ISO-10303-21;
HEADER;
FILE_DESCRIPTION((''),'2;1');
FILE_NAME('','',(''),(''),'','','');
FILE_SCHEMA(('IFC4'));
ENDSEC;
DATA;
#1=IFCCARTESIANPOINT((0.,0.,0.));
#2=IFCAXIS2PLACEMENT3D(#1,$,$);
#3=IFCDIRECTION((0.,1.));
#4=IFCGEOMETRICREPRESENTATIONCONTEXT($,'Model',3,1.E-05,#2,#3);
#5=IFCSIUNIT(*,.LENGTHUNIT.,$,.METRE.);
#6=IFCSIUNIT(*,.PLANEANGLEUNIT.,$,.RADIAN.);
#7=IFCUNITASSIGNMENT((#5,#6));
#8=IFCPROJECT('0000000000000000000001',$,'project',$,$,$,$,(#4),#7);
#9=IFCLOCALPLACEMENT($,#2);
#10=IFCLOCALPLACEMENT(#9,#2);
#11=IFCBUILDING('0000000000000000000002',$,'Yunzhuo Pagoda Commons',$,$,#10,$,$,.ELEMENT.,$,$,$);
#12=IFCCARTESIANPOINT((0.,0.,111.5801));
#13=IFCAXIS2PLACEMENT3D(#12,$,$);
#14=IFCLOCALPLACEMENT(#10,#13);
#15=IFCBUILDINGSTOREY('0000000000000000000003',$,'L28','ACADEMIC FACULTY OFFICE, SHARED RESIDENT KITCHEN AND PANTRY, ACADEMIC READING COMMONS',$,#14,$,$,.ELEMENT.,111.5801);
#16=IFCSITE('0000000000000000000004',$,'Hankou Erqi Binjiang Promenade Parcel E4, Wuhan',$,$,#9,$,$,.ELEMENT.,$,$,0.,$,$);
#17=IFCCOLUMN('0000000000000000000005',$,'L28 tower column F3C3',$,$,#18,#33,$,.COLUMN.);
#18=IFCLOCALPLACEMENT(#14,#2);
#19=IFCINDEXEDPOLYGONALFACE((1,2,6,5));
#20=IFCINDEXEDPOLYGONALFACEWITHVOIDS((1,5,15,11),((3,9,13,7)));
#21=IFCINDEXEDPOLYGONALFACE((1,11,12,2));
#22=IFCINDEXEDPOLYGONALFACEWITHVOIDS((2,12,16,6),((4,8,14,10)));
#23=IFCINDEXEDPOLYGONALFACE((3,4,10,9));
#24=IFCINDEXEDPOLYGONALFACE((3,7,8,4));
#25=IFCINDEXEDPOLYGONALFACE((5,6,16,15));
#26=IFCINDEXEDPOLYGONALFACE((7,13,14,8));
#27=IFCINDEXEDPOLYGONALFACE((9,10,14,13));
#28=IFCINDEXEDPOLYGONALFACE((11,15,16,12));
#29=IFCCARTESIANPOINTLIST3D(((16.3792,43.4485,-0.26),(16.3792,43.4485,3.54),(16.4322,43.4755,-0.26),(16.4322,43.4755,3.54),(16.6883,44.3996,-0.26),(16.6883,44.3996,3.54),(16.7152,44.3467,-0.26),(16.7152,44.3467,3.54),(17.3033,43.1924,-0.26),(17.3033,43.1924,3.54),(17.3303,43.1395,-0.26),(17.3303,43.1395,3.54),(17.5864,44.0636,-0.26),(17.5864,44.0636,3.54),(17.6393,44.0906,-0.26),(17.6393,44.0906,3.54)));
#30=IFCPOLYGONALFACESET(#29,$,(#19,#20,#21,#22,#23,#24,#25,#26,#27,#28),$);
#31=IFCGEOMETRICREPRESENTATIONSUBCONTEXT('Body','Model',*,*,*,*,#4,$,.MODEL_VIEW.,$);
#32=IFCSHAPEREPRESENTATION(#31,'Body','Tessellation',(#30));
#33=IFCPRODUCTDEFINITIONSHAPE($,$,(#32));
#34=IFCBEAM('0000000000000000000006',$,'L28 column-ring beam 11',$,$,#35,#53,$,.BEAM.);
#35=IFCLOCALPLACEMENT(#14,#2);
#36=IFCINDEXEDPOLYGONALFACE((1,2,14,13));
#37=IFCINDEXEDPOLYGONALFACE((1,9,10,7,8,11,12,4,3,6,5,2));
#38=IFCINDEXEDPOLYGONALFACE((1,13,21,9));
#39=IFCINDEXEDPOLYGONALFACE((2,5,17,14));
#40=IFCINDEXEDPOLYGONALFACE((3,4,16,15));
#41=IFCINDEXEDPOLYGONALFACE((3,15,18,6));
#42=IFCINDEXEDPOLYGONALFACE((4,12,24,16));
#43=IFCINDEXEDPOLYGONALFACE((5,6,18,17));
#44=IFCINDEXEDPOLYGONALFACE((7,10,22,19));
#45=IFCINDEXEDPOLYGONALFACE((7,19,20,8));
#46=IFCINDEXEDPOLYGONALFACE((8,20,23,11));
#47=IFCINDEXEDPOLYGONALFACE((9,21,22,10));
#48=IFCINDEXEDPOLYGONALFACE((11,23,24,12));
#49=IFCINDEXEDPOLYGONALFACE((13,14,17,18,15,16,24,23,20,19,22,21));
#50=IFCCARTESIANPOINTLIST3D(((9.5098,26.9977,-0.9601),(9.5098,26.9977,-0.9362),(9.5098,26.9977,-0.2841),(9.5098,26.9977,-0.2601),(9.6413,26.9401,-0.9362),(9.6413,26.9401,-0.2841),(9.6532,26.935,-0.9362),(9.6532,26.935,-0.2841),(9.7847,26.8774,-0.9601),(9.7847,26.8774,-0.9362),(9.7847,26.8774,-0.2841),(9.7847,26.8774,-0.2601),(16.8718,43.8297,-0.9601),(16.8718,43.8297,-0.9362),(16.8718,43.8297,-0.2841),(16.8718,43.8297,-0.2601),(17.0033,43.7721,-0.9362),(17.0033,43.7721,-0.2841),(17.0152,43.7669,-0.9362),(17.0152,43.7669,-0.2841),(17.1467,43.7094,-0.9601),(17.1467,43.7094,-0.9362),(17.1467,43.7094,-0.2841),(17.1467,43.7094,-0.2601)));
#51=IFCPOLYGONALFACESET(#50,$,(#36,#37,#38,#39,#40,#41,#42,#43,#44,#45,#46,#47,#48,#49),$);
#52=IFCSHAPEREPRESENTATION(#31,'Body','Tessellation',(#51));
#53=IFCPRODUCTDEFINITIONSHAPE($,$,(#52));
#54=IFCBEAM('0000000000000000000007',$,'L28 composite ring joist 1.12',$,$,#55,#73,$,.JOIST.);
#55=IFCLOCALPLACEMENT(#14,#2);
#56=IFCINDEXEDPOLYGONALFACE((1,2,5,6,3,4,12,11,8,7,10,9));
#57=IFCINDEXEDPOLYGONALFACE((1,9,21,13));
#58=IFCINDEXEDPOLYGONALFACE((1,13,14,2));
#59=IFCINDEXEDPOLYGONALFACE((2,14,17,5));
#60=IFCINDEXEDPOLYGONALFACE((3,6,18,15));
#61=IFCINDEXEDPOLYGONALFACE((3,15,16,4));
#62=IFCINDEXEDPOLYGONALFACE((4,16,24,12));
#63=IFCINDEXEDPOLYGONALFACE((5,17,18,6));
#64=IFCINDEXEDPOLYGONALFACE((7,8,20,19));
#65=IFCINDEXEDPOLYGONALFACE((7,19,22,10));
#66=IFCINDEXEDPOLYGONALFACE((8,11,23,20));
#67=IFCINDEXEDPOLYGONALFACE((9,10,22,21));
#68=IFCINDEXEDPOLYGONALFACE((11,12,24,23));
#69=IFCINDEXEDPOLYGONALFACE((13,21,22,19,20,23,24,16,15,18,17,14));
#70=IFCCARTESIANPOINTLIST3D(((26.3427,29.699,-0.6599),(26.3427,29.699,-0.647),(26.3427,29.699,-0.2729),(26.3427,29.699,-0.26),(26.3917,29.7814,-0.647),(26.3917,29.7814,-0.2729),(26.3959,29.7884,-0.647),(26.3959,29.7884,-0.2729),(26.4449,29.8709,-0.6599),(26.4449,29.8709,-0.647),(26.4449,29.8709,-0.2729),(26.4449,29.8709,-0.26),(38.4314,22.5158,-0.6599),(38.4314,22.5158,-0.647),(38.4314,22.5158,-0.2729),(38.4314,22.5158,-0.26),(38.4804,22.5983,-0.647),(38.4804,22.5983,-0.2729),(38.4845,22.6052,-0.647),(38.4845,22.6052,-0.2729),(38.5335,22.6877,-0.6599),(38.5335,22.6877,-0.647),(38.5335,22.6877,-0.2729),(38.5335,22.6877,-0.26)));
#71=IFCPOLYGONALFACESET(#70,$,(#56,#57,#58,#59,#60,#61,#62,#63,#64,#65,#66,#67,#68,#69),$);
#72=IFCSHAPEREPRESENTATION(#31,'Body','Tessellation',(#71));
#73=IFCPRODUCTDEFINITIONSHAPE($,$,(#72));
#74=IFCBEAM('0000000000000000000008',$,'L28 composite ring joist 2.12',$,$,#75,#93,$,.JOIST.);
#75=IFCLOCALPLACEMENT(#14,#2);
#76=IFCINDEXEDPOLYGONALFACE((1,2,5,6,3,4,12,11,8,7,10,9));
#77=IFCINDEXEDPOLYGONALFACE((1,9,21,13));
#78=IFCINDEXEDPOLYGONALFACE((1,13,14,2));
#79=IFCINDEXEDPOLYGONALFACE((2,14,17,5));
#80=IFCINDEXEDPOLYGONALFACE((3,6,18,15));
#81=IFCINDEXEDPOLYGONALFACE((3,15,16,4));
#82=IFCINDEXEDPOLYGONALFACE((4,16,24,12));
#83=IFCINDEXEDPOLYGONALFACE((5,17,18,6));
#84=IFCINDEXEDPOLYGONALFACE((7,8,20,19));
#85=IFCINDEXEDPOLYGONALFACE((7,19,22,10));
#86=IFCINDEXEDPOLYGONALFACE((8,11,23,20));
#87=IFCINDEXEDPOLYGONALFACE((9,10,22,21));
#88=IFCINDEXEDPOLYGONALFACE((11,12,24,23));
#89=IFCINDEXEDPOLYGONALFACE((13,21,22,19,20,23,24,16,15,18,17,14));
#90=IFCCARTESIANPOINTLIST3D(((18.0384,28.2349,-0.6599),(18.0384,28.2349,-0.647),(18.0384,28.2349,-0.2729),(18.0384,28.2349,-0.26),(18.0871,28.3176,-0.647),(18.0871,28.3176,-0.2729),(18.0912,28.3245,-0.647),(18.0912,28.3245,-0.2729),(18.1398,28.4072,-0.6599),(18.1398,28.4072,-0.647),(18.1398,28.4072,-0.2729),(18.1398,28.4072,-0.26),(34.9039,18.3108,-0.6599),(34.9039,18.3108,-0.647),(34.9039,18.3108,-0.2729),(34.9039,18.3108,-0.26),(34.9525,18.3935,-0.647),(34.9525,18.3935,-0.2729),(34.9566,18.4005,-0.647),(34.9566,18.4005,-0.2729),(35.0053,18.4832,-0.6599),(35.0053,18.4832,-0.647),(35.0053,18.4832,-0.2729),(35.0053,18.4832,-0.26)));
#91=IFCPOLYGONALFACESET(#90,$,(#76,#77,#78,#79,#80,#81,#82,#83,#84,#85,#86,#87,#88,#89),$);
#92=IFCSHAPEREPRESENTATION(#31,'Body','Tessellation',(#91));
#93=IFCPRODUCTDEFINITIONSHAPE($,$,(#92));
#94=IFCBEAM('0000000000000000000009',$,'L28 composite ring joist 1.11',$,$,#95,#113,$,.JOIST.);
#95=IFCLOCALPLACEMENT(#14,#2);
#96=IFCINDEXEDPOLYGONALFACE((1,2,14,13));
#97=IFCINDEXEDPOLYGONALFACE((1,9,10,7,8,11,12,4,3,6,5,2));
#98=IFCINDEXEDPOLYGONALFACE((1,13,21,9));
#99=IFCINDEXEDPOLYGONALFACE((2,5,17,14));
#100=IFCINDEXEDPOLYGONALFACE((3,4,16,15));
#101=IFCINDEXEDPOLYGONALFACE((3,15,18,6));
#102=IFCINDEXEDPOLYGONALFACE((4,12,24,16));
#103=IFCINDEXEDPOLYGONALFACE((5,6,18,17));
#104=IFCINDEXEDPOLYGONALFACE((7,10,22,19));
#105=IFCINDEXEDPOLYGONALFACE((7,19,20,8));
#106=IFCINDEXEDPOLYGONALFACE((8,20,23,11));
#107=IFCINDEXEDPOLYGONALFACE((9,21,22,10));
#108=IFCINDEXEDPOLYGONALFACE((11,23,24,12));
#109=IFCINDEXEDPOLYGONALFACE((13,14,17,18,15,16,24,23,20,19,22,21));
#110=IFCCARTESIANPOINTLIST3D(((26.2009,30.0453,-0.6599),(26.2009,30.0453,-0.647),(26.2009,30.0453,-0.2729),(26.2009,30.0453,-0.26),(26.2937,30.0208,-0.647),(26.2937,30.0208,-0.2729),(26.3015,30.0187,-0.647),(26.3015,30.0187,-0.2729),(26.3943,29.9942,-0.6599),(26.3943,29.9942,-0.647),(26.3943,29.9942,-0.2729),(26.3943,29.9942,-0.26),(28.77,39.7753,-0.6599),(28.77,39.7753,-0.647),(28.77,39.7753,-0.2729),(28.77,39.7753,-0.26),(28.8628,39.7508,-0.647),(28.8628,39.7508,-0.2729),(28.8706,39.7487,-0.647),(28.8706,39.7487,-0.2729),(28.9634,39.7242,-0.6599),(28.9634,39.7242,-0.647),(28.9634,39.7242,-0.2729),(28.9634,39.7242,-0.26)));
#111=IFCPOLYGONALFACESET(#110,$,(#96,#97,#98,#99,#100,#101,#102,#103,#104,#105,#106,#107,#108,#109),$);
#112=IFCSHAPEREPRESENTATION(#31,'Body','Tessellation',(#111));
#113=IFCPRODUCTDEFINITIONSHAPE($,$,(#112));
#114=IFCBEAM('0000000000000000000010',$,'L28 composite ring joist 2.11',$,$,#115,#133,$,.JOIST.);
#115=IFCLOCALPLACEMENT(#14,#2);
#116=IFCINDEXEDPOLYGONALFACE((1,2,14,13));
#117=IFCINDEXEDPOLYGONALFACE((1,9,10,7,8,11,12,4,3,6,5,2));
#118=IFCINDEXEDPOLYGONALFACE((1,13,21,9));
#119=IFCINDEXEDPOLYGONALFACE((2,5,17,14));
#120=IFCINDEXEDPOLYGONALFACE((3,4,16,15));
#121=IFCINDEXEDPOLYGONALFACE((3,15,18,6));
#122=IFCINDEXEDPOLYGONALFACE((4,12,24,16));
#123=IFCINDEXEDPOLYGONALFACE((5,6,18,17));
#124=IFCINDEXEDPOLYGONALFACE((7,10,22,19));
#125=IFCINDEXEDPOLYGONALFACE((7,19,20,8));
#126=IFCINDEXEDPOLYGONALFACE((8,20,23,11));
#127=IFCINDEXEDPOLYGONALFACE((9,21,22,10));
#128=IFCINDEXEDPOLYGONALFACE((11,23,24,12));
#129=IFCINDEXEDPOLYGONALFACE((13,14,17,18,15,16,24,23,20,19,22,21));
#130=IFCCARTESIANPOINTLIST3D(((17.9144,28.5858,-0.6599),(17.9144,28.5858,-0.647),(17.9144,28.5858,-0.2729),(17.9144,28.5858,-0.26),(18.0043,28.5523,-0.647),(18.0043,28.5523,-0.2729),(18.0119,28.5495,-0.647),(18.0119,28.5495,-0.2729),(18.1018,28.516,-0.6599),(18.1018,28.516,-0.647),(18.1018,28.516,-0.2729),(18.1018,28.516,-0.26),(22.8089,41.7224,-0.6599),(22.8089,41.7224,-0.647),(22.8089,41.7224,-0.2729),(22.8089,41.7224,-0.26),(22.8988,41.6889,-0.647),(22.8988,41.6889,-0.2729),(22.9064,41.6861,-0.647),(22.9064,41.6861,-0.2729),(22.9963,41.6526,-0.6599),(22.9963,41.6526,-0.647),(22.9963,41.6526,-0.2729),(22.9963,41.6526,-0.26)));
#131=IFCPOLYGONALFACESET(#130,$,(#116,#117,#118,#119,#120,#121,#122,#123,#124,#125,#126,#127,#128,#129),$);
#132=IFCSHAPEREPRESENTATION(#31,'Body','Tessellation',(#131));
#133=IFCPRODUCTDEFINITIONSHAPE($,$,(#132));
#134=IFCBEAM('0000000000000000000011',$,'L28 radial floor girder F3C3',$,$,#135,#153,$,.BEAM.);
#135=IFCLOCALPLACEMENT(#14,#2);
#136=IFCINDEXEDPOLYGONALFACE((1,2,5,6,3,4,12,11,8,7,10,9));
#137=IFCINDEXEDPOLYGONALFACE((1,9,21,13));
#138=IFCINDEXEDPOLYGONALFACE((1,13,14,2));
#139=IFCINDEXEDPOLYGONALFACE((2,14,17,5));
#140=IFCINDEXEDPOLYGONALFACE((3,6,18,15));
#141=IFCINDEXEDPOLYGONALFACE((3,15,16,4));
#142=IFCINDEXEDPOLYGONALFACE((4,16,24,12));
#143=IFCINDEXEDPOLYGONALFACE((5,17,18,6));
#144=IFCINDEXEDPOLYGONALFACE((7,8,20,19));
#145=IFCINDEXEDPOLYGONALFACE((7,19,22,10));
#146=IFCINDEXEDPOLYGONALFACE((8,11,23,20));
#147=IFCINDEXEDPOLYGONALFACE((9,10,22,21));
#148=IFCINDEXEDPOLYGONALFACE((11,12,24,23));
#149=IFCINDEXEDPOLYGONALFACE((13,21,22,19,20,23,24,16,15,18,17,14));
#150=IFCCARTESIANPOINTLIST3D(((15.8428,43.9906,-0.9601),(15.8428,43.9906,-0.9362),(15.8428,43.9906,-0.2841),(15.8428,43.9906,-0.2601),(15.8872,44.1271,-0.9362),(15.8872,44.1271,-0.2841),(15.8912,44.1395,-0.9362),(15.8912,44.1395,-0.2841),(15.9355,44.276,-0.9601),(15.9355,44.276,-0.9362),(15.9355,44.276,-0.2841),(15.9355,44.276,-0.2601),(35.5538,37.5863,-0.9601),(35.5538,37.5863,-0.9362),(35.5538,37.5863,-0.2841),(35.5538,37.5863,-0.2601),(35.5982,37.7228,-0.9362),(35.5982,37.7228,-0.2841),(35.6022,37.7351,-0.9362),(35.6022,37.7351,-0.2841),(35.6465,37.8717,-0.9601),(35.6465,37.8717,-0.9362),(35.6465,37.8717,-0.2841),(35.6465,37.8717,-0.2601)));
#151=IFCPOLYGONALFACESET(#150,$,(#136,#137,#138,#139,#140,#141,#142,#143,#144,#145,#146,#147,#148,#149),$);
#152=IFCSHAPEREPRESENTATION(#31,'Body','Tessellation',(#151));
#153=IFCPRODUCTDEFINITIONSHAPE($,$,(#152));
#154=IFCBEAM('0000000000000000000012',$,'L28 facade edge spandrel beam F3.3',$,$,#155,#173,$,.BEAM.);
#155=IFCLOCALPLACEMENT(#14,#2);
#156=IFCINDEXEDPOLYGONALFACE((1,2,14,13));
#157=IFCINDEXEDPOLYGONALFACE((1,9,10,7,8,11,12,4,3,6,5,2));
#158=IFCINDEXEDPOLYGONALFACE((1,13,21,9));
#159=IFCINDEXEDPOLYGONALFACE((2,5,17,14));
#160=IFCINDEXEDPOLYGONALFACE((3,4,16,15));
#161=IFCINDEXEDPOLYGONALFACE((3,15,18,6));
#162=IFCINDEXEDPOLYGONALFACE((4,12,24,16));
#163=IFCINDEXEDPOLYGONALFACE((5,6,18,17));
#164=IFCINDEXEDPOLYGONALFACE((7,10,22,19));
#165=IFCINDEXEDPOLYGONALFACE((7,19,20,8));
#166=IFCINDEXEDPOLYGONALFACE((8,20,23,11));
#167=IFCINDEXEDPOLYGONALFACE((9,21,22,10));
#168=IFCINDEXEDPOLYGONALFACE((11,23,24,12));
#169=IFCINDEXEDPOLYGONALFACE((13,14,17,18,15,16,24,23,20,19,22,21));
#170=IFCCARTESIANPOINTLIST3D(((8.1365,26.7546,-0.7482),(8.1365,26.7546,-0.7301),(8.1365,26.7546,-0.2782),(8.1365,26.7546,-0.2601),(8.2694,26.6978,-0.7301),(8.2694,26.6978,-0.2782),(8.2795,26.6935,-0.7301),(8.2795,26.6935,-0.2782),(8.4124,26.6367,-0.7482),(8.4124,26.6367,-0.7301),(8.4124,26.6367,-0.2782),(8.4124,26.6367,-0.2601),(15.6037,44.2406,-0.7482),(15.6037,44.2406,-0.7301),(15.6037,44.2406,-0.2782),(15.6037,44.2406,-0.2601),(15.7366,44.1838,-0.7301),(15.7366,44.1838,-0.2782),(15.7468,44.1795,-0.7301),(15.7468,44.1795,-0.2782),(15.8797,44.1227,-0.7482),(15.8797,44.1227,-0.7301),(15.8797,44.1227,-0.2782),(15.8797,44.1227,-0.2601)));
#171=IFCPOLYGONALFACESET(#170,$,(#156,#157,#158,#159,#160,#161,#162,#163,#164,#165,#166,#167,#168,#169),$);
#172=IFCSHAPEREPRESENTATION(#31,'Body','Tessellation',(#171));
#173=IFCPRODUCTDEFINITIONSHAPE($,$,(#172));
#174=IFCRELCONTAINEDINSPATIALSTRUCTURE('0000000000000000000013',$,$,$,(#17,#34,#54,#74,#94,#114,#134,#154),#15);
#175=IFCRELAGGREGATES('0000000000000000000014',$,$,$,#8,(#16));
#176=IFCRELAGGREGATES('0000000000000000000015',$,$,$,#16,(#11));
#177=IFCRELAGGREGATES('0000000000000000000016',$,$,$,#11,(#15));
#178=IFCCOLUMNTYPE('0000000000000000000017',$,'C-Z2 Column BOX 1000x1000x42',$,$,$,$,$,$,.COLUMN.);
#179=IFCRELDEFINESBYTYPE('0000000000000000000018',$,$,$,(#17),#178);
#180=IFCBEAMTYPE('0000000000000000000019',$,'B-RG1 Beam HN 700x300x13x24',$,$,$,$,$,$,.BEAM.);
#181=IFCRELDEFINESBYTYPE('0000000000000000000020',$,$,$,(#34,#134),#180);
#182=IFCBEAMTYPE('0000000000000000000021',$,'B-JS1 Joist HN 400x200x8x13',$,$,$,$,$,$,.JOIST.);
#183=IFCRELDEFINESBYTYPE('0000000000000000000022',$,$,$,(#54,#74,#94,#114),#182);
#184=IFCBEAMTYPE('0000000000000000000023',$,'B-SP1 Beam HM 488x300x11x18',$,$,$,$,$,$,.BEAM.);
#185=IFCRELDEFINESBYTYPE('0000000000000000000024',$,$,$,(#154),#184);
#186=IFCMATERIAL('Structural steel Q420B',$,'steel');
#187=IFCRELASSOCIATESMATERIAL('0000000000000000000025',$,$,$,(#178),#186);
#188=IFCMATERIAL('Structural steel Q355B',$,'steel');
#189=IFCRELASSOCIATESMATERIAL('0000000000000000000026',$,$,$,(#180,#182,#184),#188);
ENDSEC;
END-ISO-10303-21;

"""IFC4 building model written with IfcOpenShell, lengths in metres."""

from ifc_helpers import new_model, si_unit, direction, frame, origin, origin_2d, place, context, subcontext, project, spatial, hollow_rectangle, i_section, extrude, source, transform, mapped, material, material_profile, profile_set, type_object, element, save


model = new_model("IFC4")

# Units and contexts
model_context = context("Model", 3, precision=1e-05, world=origin(), true_north=direction((0.0, 1.0)))
body_context = subcontext(model_context, "Body", "Model", "MODEL_VIEW")
ifc_project = project(units=[si_unit("LENGTHUNIT", "METRE"), si_unit("PLANEANGLEUNIT", "RADIAN")], contexts=[model_context])

# Site, building, storey
site_placement = place(None, origin())
site = spatial("IfcSite", under=ifc_project, at=site_placement, Name="Hankou Erqi Binjiang Promenade Parcel E4, Wuhan", CompositionType="ELEMENT", RefElevation=0.0)
building_placement = place(site_placement, origin())
building = spatial("IfcBuilding", under=site, at=building_placement, Name="Yunzhuo Pagoda Commons", CompositionType="ELEMENT")
storey_placement = place(building_placement, frame((0.0, 0.0, 111.5801)))
storey = spatial("IfcBuildingStorey", under=building, at=storey_placement, Name="L28", Description="ACADEMIC FACULTY OFFICE, SHARED RESIDENT KITCHEN AND PANTRY, ACADEMIC READING COMMONS", CompositionType="ELEMENT", Elevation=111.5801)

# Column
ifc_material_1 = material(Name="Structural steel Q420B", Category="steel")
ifc_material_profile_1 = material_profile(ifc_material_1, hollow_rectangle(XDim=1.0, YDim=1.0, WallThickness=0.042, at=origin_2d()), Name="Structural steel Q420B")
ifc_profile_set_1 = profile_set([ifc_material_profile_1], Name="Structural steel Q420B")
column_type = type_object("IfcColumnType", Name="C-Z2 Column BOX 1000x1000x42", PredefinedType="COLUMN", material=ifc_profile_set_1)
shared_shape_1 = source(origin(), body_context, "Body", "SweptSolid", [
    extrude(hollow_rectangle(XDim=1.0, YDim=1.0, WallThickness=0.042, at=origin_2d()), origin(), (0.0, 0.0, 1.0), 3.8),
])
column_placement = place(storey_placement, frame((17.0093, 43.7695, -0.26), z_axis=(0.0, 0.0, 1.0), x_axis=(-0.309017, -0.951057, 0.0)))
element("IfcColumn", 1, at=column_placement, inside=storey, type_object=column_type, Name="L28 tower column F3C3", PredefinedType="COLUMN", context=body_context, shape_type="MappedRepresentation", body=[
    mapped(shared_shape_1, transform((0.0, 0.0, 0.0), scale=1.0)),
])

# Beams
ifc_material_2 = material(Name="Structural steel Q355B", Category="steel")
ifc_material_profile_2 = material_profile(ifc_material_2, i_section(OverallWidth=0.3, OverallDepth=0.7, WebThickness=0.0129, FlangeThickness=0.0239, at=origin_2d()), Name="Structural steel Q355B")
ifc_profile_set_2 = profile_set([ifc_material_profile_2], Name="Structural steel Q355B")
beam_type_1 = type_object("IfcBeamType", Name="B-RG1 Beam HN 700x300x13x24", PredefinedType="BEAM", material=ifc_profile_set_2)
shared_shape_2 = source(origin(), body_context, "Body", "SweptSolid", [
    extrude(i_section(OverallWidth=0.3, OverallDepth=0.7, WebThickness=0.0129, FlangeThickness=0.0239, at=origin_2d()), origin(), (0.0, 0.0, 1.0), 18.3716),
])
beam_1_placement = place(storey_placement, frame((17.0093, 43.7695, -0.6101), z_axis=(-0.40073, -0.916196, 0.0), x_axis=(0.916196, -0.40073, 0.0)))
element("IfcBeam", 2, at=beam_1_placement, inside=storey, type_object=beam_type_1, Name="L28 column-ring beam 11", PredefinedType="BEAM", context=body_context, shape_type="MappedRepresentation", body=[
    mapped(shared_shape_2, transform((0.0, 0.0, 0.0), scale=1.0)),
])
ifc_material_profile_3 = material_profile(ifc_material_2, i_section(OverallWidth=0.2, OverallDepth=0.3999, WebThickness=0.0081, FlangeThickness=0.0129, at=origin_2d()), Name="Structural steel Q355B")
ifc_profile_set_3 = profile_set([ifc_material_profile_3], Name="Structural steel Q355B")
beam_type_2 = type_object("IfcBeamType", Name="B-JS1 Joist HN 400x200x8x13", PredefinedType="JOIST", material=ifc_profile_set_3)
shared_shape_3 = source(origin(), body_context, "Body", "SweptSolid", [
    extrude(i_section(OverallWidth=0.2, OverallDepth=0.3999, WebThickness=0.0081, FlangeThickness=0.0129, at=origin_2d()), origin(), (0.0, 0.0, 1.0), 14.0618),
])
beam_2_placement = place(storey_placement, frame((26.3938, 29.7849, -0.46), z_axis=(0.859683, -0.510827, 0.0), x_axis=(0.510827, 0.859683, 0.0)))
element("IfcBeam", 3, at=beam_2_placement, inside=storey, type_object=beam_type_2, Name="L28 composite ring joist 1.12", PredefinedType="JOIST", context=body_context, shape_type="MappedRepresentation", body=[
    mapped(shared_shape_3, transform((0.0, 0.0, 0.0), scale=1.0)),
])
shared_shape_4 = source(origin(), body_context, "Body", "SweptSolid", [
    extrude(i_section(OverallWidth=0.2, OverallDepth=0.3999, WebThickness=0.0081, FlangeThickness=0.0129, at=origin_2d()), origin(), (0.0, 0.0, 1.0), 19.5686),
])
beam_3_placement = place(storey_placement, frame((18.0891, 28.321, -0.46), z_axis=(0.861863, -0.507142, 0.0), x_axis=(0.507142, 0.861863, 0.0)))
element("IfcBeam", 4, at=beam_3_placement, inside=storey, type_object=beam_type_2, Name="L28 composite ring joist 2.12", PredefinedType="JOIST", context=body_context, shape_type="MappedRepresentation", body=[
    mapped(shared_shape_4, transform((0.0, 0.0, 0.0), scale=1.0)),
])
shared_shape_5 = source(origin(), body_context, "Body", "SweptSolid", [
    extrude(i_section(OverallWidth=0.2, OverallDepth=0.3999, WebThickness=0.0081, FlangeThickness=0.0129, at=origin_2d()), origin(), (0.0, 0.0, 1.0), 10.0635),
])
beam_4_placement = place(storey_placement, frame((28.8667, 39.7498, -0.46), z_axis=(-0.25529, -0.966865, 0.0), x_axis=(0.966865, -0.25529, 0.0)))
element("IfcBeam", 5, at=beam_4_placement, inside=storey, type_object=beam_type_2, Name="L28 composite ring joist 1.11", PredefinedType="JOIST", context=body_context, shape_type="MappedRepresentation", body=[
    mapped(shared_shape_5, transform((0.0, 0.0, 0.0), scale=1.0)),
])
shared_shape_6 = source(origin(), body_context, "Body", "SweptSolid", [
    extrude(i_section(OverallWidth=0.2, OverallDepth=0.3999, WebThickness=0.0081, FlangeThickness=0.0129, at=origin_2d()), origin(), (0.0, 0.0, 1.0), 14.0188),
])
beam_5_placement = place(storey_placement, frame((22.9026, 41.6875, -0.46), z_axis=(-0.349138, -0.937071, 0.0), x_axis=(0.937071, -0.349138, 0.0)))
element("IfcBeam", 6, at=beam_5_placement, inside=storey, type_object=beam_type_2, Name="L28 composite ring joist 2.11", PredefinedType="JOIST", context=body_context, shape_type="MappedRepresentation", body=[
    mapped(shared_shape_6, transform((0.0, 0.0, 0.0), scale=1.0)),
])
shared_shape_7 = source(origin(), body_context, "Body", "SweptSolid", [
    extrude(i_section(OverallWidth=0.3, OverallDepth=0.7, WebThickness=0.0129, FlangeThickness=0.0239, at=origin_2d()), origin(), (0.0, 0.0, 1.0), 20.7253),
])
beam_6_placement = place(storey_placement, frame((15.8892, 44.1333, -0.6101), z_axis=(0.951059, -0.309009, 0.0), x_axis=(0.309009, 0.951059, 0.0)))
element("IfcBeam", 7, at=beam_6_placement, inside=storey, type_object=beam_type_1, Name="L28 radial floor girder F3C3", PredefinedType="BEAM", context=body_context, shape_type="MappedRepresentation", body=[
    mapped(shared_shape_7, transform((0.0, 0.0, 0.0), scale=1.0)),
])
ifc_material_profile_4 = material_profile(ifc_material_2, i_section(OverallWidth=0.3, OverallDepth=0.488, WebThickness=0.011, FlangeThickness=0.0181, at=origin_2d()), Name="Structural steel Q355B")
ifc_profile_set_4 = profile_set([ifc_material_profile_4], Name="Structural steel Q355B")
beam_type_3 = type_object("IfcBeamType", Name="B-SP1 Beam HM 488x300x11x18", PredefinedType="BEAM", material=ifc_profile_set_4)
shared_shape_8 = source(origin(), body_context, "Body", "SweptSolid", [
    extrude(i_section(OverallWidth=0.3, OverallDepth=0.488, WebThickness=0.011, FlangeThickness=0.0181, at=origin_2d()), origin(), (0.0, 0.0, 1.0), 19.0137),
])
beam_7_placement = place(storey_placement, frame((15.7417, 44.1816, -0.5042), z_axis=(-0.39273, -0.919654, 0.0), x_axis=(0.919654, -0.39273, 0.0)))
element("IfcBeam", 8, at=beam_7_placement, inside=storey, type_object=beam_type_3, Name="L28 facade edge spandrel beam F3.3", PredefinedType="BEAM", context=body_context, shape_type="MappedRepresentation", body=[
    mapped(shared_shape_8, transform((0.0, 0.0, 0.0), scale=1.0)),
])

save(model, "model.ifc")
